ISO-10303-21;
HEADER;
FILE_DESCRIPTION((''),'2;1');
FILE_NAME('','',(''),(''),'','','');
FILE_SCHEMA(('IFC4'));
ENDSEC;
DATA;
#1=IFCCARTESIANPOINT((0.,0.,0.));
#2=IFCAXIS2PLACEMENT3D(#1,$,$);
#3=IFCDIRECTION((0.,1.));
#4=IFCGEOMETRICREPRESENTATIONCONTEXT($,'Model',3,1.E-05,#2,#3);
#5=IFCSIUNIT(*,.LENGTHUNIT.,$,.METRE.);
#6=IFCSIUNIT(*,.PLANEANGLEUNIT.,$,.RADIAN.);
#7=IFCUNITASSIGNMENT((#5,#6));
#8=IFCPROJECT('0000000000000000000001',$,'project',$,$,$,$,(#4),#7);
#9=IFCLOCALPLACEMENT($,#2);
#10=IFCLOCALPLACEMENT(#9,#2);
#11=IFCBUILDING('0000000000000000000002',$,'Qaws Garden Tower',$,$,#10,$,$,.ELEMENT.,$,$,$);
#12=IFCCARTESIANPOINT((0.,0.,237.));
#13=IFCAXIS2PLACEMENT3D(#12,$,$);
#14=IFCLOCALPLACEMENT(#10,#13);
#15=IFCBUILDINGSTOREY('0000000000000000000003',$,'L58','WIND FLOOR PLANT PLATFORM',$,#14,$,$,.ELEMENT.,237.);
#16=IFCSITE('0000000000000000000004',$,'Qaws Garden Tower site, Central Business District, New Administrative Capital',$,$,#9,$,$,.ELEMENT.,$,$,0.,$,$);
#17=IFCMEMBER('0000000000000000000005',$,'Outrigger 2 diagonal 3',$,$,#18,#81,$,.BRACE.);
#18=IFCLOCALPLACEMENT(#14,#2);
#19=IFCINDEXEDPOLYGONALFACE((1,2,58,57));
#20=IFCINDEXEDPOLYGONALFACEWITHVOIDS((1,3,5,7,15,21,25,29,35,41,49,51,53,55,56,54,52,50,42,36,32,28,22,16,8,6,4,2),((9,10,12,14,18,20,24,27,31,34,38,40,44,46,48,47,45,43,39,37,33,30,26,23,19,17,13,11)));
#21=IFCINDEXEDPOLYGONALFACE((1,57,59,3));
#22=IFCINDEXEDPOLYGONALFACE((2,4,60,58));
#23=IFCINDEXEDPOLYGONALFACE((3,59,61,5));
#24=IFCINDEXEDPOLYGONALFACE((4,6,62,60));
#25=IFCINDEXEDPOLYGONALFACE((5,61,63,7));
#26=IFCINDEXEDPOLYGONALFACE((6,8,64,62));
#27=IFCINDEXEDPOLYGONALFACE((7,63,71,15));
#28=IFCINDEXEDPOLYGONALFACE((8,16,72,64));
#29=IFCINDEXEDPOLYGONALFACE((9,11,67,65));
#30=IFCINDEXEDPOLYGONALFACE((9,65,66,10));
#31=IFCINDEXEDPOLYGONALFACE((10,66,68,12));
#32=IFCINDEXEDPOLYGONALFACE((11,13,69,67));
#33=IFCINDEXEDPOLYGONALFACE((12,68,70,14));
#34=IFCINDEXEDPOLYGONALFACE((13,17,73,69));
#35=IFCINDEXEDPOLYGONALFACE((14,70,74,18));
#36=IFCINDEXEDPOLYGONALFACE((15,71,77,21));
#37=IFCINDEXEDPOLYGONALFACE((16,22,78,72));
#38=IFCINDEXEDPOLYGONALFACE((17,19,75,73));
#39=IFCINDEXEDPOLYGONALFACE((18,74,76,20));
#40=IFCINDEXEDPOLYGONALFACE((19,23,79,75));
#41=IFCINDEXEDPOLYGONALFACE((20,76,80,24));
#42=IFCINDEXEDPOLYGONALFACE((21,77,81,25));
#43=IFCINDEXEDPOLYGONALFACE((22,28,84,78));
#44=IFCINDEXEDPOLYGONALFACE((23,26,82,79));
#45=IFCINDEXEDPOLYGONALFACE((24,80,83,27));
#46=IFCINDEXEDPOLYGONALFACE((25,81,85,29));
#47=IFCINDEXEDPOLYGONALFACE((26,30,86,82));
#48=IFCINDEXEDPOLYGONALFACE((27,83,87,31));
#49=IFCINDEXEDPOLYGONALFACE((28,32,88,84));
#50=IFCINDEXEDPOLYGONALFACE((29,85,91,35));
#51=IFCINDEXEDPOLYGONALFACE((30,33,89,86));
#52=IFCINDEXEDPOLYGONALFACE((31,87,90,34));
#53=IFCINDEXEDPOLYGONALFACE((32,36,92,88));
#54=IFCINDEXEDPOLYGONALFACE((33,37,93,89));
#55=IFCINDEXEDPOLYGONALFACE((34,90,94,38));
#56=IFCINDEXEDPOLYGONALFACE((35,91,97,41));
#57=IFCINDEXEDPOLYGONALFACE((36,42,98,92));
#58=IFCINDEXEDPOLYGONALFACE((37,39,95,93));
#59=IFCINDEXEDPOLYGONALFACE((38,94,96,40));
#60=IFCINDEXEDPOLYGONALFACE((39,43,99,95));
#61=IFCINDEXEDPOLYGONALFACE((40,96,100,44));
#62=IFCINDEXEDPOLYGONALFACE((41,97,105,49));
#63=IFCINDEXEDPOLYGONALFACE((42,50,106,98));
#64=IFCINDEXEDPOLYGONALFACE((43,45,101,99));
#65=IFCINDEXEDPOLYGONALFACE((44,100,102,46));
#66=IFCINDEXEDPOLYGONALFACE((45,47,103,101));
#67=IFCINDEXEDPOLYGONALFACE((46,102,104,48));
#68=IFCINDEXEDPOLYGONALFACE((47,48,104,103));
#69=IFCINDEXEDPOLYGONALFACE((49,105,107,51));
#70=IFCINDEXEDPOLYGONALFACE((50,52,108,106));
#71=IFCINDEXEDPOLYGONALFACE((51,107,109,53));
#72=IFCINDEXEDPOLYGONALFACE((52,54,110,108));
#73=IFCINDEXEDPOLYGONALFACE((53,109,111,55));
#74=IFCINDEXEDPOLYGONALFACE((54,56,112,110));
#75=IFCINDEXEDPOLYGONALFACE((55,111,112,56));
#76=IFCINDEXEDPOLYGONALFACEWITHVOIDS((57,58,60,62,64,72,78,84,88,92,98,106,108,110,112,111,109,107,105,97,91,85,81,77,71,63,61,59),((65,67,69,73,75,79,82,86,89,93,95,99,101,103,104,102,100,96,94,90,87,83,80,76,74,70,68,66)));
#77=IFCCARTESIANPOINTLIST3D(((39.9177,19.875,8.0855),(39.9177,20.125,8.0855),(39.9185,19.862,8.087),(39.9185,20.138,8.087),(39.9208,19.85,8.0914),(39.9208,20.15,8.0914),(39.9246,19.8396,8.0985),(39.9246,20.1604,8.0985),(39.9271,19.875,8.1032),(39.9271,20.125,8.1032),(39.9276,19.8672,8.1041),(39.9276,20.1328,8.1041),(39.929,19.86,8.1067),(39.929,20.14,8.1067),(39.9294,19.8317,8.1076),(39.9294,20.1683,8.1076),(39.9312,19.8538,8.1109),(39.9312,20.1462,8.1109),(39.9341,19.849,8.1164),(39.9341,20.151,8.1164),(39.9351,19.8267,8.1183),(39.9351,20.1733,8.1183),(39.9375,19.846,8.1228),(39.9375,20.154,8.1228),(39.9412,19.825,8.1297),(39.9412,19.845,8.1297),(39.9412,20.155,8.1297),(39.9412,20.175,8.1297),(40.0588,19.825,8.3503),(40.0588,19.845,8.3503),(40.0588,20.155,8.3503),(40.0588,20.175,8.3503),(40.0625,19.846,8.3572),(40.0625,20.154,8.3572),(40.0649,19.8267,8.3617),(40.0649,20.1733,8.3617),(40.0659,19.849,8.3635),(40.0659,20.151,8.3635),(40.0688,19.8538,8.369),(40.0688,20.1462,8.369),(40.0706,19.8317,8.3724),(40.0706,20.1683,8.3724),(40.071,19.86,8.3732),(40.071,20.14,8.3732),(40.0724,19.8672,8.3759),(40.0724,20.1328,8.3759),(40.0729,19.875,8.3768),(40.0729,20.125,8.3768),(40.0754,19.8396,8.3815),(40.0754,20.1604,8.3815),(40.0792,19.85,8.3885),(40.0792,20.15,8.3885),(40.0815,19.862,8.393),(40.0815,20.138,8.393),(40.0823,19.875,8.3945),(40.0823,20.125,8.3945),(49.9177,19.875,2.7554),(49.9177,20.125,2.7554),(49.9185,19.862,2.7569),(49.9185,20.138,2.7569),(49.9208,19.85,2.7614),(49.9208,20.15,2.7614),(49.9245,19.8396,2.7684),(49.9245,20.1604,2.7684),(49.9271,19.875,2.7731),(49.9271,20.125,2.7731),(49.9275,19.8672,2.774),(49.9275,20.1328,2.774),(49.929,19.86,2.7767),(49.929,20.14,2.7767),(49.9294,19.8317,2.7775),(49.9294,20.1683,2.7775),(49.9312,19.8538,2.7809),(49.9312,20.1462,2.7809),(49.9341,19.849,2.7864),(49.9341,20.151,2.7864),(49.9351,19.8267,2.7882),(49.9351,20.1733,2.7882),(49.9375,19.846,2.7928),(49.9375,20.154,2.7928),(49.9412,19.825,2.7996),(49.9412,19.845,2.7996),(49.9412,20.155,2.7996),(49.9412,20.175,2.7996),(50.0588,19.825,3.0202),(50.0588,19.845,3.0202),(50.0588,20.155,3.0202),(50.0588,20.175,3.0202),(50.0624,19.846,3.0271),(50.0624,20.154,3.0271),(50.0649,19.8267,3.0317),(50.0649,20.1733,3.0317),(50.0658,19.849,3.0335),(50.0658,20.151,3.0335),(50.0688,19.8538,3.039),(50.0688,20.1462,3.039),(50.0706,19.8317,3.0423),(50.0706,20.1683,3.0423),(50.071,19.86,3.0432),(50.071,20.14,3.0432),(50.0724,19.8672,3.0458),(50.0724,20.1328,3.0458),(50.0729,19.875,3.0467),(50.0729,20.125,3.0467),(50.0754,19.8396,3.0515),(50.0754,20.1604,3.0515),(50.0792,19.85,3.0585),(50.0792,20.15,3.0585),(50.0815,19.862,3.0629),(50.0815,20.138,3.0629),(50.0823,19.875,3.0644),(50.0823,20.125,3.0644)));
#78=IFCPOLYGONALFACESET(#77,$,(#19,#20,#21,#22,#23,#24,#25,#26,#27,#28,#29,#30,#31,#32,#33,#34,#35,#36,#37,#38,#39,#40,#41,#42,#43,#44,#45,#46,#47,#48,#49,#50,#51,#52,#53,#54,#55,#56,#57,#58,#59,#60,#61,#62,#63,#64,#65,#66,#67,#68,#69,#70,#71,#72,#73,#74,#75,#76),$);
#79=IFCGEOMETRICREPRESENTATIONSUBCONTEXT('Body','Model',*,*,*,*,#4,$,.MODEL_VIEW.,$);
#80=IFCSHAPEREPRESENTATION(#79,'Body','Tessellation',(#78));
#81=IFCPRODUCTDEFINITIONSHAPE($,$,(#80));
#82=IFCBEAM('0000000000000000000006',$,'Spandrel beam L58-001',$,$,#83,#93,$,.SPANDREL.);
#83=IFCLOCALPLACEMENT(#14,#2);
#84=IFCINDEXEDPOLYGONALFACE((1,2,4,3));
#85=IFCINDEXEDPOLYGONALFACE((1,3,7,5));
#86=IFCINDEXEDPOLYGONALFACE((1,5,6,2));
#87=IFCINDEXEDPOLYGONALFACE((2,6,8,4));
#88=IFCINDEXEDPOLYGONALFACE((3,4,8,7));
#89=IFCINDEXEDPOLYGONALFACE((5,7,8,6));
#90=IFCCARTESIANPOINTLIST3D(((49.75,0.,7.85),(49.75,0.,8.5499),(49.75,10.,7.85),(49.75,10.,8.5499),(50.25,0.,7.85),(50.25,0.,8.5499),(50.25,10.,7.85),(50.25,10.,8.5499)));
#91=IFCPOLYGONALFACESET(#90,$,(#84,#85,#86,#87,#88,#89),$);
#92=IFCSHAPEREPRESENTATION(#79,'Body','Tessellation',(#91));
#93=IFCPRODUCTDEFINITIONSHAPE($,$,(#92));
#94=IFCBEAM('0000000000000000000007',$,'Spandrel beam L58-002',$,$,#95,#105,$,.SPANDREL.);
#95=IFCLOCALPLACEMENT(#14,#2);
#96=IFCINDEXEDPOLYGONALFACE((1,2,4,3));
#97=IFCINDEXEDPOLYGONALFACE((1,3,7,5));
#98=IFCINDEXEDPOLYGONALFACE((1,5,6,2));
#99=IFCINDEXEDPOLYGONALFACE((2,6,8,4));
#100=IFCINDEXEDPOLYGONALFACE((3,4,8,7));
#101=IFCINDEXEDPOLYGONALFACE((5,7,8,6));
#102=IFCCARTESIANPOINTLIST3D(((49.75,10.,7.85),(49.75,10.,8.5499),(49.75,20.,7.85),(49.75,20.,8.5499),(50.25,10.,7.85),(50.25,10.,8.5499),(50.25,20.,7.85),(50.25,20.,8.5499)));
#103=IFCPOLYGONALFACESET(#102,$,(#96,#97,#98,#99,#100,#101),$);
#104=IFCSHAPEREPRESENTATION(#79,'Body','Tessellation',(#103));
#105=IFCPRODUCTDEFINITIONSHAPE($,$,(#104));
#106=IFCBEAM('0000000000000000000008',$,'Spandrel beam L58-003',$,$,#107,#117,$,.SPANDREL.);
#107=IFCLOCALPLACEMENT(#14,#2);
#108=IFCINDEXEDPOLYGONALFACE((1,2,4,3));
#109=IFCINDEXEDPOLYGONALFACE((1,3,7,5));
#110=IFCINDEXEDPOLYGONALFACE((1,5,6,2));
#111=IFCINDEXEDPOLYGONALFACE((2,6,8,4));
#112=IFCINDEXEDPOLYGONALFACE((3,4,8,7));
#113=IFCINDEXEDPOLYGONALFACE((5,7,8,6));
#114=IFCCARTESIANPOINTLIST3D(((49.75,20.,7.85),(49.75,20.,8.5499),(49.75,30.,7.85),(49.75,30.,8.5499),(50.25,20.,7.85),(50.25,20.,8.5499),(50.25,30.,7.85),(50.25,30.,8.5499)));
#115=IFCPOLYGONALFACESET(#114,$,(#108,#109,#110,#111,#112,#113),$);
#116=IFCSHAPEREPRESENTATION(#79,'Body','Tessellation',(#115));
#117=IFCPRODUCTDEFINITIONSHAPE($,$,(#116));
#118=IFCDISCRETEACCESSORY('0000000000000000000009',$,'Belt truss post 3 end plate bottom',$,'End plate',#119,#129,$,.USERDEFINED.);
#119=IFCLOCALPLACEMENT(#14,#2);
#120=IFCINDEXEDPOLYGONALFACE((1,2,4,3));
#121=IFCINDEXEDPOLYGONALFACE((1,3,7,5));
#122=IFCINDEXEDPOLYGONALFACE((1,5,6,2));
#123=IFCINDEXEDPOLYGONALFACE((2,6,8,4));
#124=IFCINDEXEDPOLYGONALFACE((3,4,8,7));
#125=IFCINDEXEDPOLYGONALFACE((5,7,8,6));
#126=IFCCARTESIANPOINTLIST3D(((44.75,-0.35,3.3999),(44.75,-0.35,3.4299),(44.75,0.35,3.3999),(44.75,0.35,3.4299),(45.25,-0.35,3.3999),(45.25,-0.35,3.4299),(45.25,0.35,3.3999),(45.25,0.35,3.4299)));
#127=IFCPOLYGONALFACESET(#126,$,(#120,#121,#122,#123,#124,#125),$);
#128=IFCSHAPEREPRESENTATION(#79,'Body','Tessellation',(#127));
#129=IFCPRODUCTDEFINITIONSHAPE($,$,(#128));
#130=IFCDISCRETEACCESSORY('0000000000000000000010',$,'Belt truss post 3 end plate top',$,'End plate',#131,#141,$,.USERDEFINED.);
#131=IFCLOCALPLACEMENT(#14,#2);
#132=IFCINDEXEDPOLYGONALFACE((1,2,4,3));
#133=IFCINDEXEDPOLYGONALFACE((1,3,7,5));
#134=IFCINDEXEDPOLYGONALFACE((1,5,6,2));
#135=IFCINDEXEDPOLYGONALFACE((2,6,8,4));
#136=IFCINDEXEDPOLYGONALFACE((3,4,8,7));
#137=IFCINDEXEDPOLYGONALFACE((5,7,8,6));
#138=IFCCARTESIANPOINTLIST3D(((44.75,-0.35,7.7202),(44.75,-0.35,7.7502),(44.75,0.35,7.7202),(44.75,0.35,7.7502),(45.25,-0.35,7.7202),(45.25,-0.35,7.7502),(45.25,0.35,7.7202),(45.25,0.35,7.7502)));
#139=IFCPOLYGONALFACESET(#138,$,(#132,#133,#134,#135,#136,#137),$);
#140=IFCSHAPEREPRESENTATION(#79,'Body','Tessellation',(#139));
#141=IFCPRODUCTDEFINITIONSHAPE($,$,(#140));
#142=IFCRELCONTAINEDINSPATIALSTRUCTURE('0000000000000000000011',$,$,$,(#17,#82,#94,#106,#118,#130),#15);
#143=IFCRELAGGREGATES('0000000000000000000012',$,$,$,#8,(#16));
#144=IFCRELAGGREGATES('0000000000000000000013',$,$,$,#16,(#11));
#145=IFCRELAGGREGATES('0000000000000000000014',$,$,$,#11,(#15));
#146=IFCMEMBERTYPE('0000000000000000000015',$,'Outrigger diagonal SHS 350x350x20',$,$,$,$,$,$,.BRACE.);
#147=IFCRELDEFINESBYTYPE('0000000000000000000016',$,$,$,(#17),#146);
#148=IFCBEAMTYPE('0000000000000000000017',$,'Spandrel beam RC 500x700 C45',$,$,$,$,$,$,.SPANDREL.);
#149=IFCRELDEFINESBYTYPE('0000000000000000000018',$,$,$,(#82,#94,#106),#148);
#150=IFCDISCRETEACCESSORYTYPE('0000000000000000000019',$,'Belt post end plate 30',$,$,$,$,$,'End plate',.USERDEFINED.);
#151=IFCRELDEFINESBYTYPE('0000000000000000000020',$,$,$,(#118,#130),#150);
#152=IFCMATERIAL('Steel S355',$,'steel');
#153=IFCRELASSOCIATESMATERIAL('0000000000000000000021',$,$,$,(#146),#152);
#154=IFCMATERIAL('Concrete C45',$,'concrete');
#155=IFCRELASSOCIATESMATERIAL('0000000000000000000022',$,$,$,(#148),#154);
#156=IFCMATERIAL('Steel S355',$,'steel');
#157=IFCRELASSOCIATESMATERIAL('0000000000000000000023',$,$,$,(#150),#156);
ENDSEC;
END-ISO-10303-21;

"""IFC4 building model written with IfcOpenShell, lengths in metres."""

from ifc_helpers import new_model, si_unit, direction, frame, origin, origin_2d, place, context, subcontext, project, spatial, rectangle, hollow_rectangle, extrude, material, material_profile, profile_set, type_object, element, save


model = new_model("IFC4")

# Units and contexts
model_context = context("Model", 3, precision=1e-05, world=origin(), true_north=direction((0.0, 1.0)))
body_context = subcontext(model_context, "Body", "Model", "MODEL_VIEW")
ifc_project = project(units=[si_unit("LENGTHUNIT", "METRE"), si_unit("PLANEANGLEUNIT", "RADIAN")], contexts=[model_context])

# Site, building, storey
site_placement = place(None, origin())
site = spatial("IfcSite", under=ifc_project, at=site_placement, Name="Qaws Garden Tower site, Central Business District, New Administrative Capital", CompositionType="ELEMENT", RefElevation=0.0)
building_placement = place(site_placement, origin())
building = spatial("IfcBuilding", under=site, at=building_placement, Name="Qaws Garden Tower", CompositionType="ELEMENT")
storey_placement = place(building_placement, frame((0.0, 0.0, 237.0)))
storey = spatial("IfcBuildingStorey", under=building, at=storey_placement, Name="L58", Description="WIND FLOOR PLANT PLATFORM", CompositionType="ELEMENT", Elevation=237.0)

# Member
placement = place(storey_placement, frame((45.0, 0.0, 3.3999), z_axis=(0.0, 0.0, 1.0), x_axis=(1.0, 0.0, 0.0)))
ifc_material_1 = material(Name="Steel S355", Category="steel")
ifc_material_profile_1 = material_profile(ifc_material_1, hollow_rectangle(XDim=0.3501, YDim=0.3501, WallThickness=0.02, InnerFilletRadius=0.03, OuterFilletRadius=0.05, at=origin_2d()), Name="SHS 350x350x20")
ifc_profile_set_1 = profile_set([ifc_material_profile_1], Name="Steel S355")
member_type_1 = type_object("IfcMemberType", Name="Outrigger diagonal SHS 350x350x20", PredefinedType="BRACE", material=ifc_profile_set_1)
for number, where, z_axis, x_axis, name in (
    (1, (40.0, 20.0, 8.24), (0.882472, 0.0, -0.470365), (0.0, 1.0, 0.0), "Outrigger 2 diagonal 3"),
):
    element("IfcMember", number, at=place(storey_placement, frame(where, z_axis=z_axis, x_axis=x_axis)), inside=storey, type_object=member_type_1, Name=name, PredefinedType="BRACE", context=body_context, shape_type="SweptSolid", body=[
        extrude(hollow_rectangle(XDim=0.3501, YDim=0.3501, WallThickness=0.02, InnerFilletRadius=0.03, OuterFilletRadius=0.05, at=origin_2d()), origin(), (0.0, 0.0, 1.0), 11.3318),
    ])

# Beams
ifc_material_2 = material(Name="Concrete C45", Category="concrete")
ifc_material_profile_2 = material_profile(ifc_material_2, rectangle(XDim=0.5, YDim=0.7, at=origin_2d()), Name="RC 500x700")
ifc_profile_set_2 = profile_set([ifc_material_profile_2], Name="Concrete C45")
beam_type = type_object("IfcBeamType", Name="Spandrel beam RC 500x700 C45", PredefinedType="SPANDREL", material=ifc_profile_set_2)
for number, where, z_axis, x_axis, name in (
    (2, (50.0, 0.0, 8.2), (0.0, 1.0, 0.0), (-1.0, 0.0, 0.0), "Spandrel beam L58-001"),
    (3, (50.0, 10.0, 8.2), (0.0, 1.0, 0.0), (-1.0, 0.0, 0.0), "Spandrel beam L58-002"),
    (4, (50.0, 20.0, 8.2), (0.0, 1.0, 0.0), (-1.0, 0.0, 0.0), "Spandrel beam L58-003"),
):
    element("IfcBeam", number, at=place(storey_placement, frame(where, z_axis=z_axis, x_axis=x_axis)), inside=storey, type_object=beam_type, Name=name, PredefinedType="SPANDREL", context=body_context, shape_type="SweptSolid", body=[
        extrude(rectangle(XDim=0.5, YDim=0.7, at=origin_2d()), origin(), (0.0, 0.0, 1.0), 10.0),
    ])

# Discrete accessories
ifc_material_3 = material(Name="Steel S355", Category="steel")
discrete_accessory_type = type_object("IfcDiscreteAccessoryType", Name="Belt post end plate 30", ElementType="End plate", PredefinedType="USERDEFINED", material=ifc_material_3)
element("IfcDiscreteAccessory", 5, at=placement, inside=storey, type_object=discrete_accessory_type, Name="Belt truss post 3 end plate bottom", ObjectType="End plate", PredefinedType="USERDEFINED", context=body_context, shape_type="SweptSolid", body=[
    extrude(rectangle(XDim=0.5, YDim=0.7, at=origin_2d()), origin(), (0.0, 0.0, 1.0), 0.03),
])
discrete_accessory_1_placement = place(storey_placement, frame((45.0, 0.0, 7.7202), z_axis=(0.0, 0.0, 1.0), x_axis=(1.0, 0.0, 0.0)))
element("IfcDiscreteAccessory", 6, at=discrete_accessory_1_placement, inside=storey, type_object=discrete_accessory_type, Name="Belt truss post 3 end plate top", ObjectType="End plate", PredefinedType="USERDEFINED", context=body_context, shape_type="SweptSolid", body=[
    extrude(rectangle(XDim=0.5, YDim=0.7, at=origin_2d()), origin(), (0.0, 0.0, 1.0), 0.03),
])

save(model, "model.ifc")
